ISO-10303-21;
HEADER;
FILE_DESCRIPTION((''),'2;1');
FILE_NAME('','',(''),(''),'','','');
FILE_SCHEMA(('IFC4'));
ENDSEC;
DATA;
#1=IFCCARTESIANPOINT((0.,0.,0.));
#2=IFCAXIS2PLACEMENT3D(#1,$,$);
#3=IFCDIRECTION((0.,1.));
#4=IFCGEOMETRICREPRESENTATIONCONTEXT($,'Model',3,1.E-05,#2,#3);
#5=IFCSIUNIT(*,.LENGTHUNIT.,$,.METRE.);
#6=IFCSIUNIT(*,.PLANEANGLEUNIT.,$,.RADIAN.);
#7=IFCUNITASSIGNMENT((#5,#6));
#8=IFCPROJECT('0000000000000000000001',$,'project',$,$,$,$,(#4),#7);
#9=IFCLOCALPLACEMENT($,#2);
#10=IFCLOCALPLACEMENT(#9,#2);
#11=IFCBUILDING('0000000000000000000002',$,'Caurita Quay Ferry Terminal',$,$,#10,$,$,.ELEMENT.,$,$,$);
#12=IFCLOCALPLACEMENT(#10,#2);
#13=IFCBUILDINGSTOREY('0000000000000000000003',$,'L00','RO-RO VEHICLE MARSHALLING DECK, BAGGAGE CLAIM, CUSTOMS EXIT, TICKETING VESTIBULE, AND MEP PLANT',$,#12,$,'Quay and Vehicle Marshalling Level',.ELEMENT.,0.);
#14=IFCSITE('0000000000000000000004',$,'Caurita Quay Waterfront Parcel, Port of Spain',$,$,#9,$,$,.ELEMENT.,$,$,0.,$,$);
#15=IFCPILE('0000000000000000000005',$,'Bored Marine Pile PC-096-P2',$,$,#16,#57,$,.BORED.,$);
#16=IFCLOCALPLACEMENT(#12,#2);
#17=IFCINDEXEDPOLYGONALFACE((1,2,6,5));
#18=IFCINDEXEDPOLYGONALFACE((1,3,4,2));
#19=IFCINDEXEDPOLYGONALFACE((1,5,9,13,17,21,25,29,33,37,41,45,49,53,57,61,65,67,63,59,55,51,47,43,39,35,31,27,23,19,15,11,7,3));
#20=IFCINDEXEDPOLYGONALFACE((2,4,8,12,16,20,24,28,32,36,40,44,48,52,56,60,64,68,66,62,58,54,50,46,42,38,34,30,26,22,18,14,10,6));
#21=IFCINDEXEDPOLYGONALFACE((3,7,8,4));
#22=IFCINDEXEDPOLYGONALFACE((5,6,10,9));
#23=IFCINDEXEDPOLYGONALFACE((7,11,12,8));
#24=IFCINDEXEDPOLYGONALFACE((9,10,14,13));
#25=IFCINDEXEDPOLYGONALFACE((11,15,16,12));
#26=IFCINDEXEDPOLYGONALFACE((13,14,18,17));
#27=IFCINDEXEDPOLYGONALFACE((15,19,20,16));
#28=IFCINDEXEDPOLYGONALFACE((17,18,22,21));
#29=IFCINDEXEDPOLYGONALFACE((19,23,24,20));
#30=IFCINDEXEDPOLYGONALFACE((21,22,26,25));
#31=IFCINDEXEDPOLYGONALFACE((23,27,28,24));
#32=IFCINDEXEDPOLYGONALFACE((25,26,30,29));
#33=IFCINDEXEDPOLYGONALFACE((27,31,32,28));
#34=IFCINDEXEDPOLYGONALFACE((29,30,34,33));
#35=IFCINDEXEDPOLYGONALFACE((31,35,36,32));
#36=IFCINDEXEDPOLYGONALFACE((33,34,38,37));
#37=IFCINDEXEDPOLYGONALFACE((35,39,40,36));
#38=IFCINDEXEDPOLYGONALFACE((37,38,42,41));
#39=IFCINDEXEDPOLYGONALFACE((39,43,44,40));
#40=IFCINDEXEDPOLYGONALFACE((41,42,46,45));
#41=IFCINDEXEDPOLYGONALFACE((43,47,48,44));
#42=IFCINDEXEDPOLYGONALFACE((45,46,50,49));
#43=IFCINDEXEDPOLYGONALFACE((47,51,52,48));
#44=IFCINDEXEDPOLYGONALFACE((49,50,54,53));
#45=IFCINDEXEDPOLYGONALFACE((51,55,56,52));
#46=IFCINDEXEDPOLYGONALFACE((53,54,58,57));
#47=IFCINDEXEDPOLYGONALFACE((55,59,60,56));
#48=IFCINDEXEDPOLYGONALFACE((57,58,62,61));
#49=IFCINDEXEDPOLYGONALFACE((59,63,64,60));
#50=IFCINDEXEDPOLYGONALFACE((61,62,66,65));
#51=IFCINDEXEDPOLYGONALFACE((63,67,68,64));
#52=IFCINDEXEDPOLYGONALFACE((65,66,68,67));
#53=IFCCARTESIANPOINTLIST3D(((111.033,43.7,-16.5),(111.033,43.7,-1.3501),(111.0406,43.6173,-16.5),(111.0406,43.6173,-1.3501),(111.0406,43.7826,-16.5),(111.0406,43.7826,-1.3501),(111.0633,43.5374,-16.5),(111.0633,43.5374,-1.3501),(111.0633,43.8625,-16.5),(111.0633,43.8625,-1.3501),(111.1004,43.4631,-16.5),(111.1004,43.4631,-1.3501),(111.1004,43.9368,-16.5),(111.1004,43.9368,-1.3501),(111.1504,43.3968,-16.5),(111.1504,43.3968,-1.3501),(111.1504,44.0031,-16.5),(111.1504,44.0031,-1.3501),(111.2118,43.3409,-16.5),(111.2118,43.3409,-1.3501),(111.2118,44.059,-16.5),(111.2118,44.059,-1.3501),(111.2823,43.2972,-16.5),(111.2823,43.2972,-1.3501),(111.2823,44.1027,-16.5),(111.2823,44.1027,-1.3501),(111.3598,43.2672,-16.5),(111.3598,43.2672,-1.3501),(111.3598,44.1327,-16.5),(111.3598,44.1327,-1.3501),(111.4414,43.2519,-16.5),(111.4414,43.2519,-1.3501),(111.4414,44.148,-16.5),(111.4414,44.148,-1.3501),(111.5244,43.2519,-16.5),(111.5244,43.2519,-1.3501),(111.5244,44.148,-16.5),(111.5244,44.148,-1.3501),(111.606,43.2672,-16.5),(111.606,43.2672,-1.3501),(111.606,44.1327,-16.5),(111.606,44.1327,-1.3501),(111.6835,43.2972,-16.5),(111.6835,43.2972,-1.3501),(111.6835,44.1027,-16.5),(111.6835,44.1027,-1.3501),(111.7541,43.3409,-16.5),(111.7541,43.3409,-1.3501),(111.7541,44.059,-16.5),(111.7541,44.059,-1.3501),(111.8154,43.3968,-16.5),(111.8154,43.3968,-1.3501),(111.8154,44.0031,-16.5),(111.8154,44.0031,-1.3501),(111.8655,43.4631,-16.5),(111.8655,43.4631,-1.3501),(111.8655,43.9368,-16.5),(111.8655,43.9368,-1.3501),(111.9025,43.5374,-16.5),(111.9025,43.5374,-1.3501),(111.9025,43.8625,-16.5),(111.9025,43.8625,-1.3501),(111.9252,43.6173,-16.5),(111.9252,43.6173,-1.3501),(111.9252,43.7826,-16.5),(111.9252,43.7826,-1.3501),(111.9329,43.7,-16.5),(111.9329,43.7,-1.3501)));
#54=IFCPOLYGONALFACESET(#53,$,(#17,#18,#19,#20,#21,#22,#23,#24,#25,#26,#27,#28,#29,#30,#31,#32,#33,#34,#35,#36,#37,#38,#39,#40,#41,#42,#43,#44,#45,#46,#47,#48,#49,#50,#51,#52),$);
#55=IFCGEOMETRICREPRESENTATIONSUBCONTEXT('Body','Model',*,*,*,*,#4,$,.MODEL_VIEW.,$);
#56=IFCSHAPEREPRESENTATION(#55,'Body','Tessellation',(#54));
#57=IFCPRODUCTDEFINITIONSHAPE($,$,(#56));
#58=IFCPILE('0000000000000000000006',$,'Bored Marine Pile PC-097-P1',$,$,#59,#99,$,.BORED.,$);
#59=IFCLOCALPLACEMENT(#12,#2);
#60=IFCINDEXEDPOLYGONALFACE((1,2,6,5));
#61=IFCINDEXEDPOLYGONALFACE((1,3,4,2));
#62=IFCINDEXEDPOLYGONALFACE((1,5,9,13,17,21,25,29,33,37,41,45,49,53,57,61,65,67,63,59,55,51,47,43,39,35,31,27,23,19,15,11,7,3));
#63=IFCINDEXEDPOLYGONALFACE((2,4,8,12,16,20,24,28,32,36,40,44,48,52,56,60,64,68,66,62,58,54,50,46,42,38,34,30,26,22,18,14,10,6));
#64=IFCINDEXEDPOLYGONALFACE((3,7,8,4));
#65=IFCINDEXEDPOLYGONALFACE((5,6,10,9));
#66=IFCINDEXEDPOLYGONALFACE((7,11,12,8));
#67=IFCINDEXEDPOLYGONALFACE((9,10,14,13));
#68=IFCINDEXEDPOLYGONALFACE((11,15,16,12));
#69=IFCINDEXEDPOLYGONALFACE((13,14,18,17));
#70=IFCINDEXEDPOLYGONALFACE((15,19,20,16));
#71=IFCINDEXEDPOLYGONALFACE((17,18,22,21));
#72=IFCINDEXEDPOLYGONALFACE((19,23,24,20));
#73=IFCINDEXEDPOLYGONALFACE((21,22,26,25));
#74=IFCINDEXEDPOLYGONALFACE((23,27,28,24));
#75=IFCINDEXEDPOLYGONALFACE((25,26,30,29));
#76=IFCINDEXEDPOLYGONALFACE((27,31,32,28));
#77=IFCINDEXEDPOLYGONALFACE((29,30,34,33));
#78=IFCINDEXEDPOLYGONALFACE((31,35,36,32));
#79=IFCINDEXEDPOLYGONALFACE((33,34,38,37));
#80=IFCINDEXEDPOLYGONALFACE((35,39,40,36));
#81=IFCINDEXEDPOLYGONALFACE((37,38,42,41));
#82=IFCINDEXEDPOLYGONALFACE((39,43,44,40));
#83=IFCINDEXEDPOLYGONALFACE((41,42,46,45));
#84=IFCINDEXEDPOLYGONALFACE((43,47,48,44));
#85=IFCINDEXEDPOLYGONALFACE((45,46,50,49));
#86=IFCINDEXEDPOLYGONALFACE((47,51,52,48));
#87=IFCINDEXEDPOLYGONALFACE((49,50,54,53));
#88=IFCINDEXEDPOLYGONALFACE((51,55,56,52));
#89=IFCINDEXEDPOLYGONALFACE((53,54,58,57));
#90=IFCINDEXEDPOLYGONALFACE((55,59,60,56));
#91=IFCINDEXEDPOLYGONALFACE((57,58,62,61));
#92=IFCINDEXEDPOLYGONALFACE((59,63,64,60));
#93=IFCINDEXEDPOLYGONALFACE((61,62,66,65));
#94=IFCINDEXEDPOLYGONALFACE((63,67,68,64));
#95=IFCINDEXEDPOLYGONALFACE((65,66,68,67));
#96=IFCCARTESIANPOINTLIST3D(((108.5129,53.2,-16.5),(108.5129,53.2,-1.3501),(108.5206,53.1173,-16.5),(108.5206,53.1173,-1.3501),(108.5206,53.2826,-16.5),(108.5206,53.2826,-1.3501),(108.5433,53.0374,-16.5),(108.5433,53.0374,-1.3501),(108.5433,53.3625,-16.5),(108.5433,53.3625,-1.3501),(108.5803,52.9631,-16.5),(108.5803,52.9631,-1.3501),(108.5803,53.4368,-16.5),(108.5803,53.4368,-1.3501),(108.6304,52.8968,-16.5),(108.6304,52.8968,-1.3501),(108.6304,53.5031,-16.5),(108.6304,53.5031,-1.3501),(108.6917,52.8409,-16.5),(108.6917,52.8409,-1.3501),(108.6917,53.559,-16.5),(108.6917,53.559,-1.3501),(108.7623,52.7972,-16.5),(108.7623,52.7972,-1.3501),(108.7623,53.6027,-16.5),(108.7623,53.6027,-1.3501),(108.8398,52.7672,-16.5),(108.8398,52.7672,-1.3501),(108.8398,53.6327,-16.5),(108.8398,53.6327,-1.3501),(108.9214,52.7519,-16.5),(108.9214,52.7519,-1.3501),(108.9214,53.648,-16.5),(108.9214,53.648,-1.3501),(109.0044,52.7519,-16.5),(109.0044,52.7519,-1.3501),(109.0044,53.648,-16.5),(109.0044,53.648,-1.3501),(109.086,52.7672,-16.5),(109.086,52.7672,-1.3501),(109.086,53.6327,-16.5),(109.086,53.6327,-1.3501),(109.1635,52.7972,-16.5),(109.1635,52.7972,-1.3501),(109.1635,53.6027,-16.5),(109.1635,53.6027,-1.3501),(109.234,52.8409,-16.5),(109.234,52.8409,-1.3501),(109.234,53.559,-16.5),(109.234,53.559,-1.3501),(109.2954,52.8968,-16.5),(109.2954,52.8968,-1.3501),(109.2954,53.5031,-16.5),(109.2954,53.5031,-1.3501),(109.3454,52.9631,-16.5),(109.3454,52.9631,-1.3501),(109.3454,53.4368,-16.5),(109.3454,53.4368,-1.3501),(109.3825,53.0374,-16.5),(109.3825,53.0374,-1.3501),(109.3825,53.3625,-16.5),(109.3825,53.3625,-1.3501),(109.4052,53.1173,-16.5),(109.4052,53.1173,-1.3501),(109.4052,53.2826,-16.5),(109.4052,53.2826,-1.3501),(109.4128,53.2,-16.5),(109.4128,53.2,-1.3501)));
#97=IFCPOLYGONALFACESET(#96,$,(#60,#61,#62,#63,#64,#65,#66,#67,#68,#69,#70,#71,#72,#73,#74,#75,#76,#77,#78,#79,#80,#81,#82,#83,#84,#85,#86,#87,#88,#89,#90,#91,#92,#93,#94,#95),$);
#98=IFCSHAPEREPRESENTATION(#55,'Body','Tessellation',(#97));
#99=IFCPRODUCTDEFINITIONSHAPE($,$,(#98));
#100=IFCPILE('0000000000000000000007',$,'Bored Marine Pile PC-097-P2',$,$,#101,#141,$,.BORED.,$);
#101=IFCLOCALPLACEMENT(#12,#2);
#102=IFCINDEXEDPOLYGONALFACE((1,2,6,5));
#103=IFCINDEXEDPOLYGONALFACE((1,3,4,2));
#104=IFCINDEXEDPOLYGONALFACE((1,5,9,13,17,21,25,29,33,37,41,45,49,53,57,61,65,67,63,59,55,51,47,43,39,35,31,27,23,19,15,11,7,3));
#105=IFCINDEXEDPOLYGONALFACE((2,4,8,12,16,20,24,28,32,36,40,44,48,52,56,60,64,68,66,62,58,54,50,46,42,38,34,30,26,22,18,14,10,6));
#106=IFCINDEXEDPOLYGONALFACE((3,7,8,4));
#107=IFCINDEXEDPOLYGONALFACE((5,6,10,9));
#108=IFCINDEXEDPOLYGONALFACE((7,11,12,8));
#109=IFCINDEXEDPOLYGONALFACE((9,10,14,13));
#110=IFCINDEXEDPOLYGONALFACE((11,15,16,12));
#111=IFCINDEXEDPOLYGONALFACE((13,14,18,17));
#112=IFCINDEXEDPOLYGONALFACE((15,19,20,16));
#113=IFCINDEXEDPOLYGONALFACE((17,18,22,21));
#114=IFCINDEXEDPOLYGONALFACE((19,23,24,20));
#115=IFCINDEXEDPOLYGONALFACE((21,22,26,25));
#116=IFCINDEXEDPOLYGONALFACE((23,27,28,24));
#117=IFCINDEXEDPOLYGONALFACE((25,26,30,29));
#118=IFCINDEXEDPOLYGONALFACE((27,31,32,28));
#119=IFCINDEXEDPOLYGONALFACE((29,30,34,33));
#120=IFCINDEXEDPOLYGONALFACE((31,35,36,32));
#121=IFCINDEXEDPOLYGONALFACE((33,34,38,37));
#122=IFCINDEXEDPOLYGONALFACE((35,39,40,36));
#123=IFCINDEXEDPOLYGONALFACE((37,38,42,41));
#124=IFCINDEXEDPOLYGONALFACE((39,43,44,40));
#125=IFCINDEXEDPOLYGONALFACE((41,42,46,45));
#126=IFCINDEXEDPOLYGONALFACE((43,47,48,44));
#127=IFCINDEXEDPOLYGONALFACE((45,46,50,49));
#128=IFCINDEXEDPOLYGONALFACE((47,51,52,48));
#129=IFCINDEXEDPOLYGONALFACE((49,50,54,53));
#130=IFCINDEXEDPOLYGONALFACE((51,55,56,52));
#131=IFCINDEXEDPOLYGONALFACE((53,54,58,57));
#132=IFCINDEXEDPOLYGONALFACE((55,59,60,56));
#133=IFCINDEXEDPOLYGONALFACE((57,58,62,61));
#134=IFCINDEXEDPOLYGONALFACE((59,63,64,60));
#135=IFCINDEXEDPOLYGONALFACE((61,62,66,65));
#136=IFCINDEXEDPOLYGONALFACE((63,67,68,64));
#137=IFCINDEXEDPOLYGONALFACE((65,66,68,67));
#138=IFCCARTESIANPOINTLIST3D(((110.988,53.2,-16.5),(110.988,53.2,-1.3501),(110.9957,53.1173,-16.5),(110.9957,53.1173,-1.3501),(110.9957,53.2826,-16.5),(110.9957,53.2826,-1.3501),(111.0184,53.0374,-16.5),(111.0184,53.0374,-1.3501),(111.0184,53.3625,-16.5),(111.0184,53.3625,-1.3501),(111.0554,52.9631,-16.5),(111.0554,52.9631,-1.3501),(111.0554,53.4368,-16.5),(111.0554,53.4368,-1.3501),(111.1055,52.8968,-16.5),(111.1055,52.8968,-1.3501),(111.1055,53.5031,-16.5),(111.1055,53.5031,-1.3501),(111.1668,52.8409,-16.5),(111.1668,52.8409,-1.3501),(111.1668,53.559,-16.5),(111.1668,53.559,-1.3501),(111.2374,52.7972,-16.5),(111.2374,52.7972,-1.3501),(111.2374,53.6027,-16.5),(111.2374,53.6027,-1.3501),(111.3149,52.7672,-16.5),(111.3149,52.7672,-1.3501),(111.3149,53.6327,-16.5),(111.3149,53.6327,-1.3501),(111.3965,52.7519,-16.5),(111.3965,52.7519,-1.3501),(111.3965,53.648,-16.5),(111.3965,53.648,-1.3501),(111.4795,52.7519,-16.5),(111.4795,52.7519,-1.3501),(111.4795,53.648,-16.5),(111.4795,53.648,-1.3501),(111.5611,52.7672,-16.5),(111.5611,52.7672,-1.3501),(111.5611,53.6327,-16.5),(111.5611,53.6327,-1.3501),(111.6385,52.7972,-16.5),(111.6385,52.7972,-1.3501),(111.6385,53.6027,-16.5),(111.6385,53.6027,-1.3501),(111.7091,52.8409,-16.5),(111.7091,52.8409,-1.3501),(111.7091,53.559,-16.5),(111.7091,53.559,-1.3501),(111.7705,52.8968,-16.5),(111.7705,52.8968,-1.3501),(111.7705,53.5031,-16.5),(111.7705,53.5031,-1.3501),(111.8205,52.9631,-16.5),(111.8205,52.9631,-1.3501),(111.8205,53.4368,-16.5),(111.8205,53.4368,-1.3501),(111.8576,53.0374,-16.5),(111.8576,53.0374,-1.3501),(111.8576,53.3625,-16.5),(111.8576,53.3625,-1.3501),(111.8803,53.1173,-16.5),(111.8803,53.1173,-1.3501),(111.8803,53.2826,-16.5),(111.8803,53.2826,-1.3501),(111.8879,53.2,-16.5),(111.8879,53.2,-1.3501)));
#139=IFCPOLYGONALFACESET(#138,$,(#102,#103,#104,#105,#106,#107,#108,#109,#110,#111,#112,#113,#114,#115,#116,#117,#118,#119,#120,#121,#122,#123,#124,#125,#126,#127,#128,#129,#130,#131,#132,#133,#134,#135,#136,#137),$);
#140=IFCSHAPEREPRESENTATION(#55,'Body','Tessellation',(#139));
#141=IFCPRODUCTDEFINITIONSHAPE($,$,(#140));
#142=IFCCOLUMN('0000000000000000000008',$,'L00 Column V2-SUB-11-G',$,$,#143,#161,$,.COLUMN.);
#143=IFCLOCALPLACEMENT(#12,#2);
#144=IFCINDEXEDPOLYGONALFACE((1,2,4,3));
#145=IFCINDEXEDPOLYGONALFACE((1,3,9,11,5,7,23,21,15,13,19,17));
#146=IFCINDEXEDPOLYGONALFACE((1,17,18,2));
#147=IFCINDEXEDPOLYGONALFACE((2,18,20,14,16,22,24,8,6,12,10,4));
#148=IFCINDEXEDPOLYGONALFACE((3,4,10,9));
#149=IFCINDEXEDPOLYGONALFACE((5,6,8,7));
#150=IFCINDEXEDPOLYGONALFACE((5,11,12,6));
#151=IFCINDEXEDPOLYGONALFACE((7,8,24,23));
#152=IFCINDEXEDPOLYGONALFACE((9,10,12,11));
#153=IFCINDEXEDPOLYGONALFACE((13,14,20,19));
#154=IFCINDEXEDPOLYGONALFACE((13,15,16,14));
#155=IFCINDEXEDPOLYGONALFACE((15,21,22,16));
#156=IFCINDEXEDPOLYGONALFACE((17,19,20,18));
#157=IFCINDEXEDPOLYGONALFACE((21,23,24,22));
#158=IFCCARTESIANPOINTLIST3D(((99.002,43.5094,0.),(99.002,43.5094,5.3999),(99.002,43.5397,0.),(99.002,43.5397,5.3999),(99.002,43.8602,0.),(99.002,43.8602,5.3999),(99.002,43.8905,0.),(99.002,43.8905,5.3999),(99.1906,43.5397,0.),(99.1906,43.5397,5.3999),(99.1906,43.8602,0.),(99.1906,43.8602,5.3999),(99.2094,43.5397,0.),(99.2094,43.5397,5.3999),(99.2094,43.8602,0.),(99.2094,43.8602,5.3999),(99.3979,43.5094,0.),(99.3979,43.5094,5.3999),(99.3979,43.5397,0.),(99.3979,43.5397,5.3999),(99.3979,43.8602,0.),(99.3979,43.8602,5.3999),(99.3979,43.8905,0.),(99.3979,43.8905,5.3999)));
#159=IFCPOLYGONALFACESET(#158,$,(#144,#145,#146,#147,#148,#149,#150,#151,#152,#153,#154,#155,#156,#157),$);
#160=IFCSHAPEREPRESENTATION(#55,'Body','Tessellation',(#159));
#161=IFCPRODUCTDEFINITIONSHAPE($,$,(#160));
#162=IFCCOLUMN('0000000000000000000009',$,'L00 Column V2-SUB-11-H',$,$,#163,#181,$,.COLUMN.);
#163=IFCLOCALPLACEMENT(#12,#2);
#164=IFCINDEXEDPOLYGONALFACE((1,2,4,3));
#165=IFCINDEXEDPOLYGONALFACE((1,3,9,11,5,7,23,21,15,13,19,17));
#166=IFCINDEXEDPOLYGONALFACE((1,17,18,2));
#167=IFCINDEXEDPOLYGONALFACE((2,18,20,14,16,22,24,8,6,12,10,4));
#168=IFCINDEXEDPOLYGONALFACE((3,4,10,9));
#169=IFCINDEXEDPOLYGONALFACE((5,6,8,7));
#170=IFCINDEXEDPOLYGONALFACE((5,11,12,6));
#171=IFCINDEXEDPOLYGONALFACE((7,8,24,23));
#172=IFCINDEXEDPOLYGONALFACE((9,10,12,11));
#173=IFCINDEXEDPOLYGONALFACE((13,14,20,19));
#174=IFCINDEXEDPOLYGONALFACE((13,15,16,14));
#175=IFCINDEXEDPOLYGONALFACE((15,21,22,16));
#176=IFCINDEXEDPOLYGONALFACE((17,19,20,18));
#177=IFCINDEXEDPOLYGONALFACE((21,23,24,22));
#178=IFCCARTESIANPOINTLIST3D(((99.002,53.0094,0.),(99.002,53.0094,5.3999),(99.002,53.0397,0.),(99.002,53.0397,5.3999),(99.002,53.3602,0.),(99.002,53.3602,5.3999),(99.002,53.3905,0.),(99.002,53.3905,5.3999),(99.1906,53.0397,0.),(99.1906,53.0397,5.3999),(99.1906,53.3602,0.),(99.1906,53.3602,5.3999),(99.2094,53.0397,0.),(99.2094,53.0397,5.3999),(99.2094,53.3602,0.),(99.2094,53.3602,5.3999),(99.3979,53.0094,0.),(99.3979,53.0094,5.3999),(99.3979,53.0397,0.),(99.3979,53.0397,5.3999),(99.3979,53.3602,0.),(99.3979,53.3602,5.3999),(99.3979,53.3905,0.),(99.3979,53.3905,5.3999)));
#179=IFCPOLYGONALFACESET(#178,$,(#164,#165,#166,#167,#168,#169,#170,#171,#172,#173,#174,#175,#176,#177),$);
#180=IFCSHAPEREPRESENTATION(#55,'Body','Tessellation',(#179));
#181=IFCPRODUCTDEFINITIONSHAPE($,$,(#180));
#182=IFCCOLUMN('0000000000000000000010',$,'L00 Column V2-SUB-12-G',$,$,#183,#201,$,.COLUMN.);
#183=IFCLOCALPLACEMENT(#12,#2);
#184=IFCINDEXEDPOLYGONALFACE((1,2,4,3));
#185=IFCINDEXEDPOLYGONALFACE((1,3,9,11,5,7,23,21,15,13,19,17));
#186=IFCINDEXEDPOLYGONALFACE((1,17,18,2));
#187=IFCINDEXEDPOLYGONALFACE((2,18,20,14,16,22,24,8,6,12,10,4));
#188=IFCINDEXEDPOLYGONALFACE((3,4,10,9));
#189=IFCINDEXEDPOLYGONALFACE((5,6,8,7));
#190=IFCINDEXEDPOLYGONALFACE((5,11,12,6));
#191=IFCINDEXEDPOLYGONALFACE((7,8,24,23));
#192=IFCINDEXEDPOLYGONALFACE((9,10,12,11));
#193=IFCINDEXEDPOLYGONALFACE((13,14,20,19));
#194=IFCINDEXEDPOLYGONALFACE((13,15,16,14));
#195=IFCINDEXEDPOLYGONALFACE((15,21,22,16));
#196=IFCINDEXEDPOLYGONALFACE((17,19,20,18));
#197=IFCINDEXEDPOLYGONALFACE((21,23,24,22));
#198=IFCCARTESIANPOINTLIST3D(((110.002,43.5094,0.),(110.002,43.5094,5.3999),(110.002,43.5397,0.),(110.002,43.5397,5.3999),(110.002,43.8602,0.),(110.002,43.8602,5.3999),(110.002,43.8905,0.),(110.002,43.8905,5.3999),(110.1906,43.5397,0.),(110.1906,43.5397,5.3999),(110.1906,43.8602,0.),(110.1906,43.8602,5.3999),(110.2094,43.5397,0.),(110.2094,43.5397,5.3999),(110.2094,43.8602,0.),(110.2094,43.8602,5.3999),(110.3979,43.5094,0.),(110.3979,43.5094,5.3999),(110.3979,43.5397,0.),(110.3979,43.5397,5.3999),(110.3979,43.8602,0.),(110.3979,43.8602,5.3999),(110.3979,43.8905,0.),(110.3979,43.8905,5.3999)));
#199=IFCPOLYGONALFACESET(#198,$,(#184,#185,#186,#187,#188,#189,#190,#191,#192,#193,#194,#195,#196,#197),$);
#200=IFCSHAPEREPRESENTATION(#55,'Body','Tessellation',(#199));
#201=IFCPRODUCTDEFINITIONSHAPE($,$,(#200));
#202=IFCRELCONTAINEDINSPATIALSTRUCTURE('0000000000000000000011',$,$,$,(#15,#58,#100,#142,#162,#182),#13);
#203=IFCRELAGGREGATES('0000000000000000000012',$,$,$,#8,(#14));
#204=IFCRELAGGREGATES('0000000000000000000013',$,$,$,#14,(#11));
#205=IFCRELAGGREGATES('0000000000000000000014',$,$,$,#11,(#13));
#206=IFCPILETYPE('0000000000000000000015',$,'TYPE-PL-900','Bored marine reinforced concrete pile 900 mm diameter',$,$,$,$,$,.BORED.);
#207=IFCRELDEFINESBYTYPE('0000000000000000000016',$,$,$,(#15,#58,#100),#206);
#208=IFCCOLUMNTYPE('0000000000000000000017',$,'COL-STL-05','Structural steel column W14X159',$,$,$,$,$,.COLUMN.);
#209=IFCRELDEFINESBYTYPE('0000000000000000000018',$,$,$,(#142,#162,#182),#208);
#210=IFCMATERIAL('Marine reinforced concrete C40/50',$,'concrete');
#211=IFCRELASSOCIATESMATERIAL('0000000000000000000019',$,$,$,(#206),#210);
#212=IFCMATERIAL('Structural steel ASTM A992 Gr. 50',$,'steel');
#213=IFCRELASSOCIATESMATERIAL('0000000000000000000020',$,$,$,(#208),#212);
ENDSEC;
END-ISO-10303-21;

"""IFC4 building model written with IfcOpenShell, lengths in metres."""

from ifc_helpers import new_model, si_unit, direction, frame, origin, origin_2d, place, context, subcontext, project, spatial, circle, i_section, extrude, material, material_profile, profile_set, type_object, element, save


model = new_model("IFC4")

# Units and contexts
model_context = context("Model", 3, precision=1e-05, world=origin(), true_north=direction((0.0, 1.0)))
body_context = subcontext(model_context, "Body", "Model", "MODEL_VIEW")
ifc_project = project(units=[si_unit("LENGTHUNIT", "METRE"), si_unit("PLANEANGLEUNIT", "RADIAN")], contexts=[model_context])

# Site, building, storey
site_placement = place(None, origin())
site = spatial("IfcSite", under=ifc_project, at=site_placement, Name="Caurita Quay Waterfront Parcel, Port of Spain", CompositionType="ELEMENT", RefElevation=0.0)
building_placement = place(site_placement, origin())
building = spatial("IfcBuilding", under=site, at=building_placement, Name="Caurita Quay Ferry Terminal", CompositionType="ELEMENT")
storey_placement = place(building_placement, origin())
storey = spatial("IfcBuildingStorey", under=building, at=storey_placement, Name="L00", Description="RO-RO VEHICLE MARSHALLING DECK, BAGGAGE CLAIM, CUSTOMS EXIT, TICKETING VESTIBULE, AND MEP PLANT", LongName="Quay and Vehicle Marshalling Level", CompositionType="ELEMENT", Elevation=0.0)

# Piles
ifc_material_1 = material(Name="Marine reinforced concrete C40/50", Category="concrete")
ifc_material_profile_1 = material_profile(ifc_material_1, circle(Radius=0.45, at=origin_2d()), Name="PILE-D900")
ifc_profile_set_1 = profile_set([ifc_material_profile_1], Name="Marine reinforced concrete C40/50")
pile_type_1 = type_object("IfcPileType", Name="TYPE-PL-900", Description="Bored marine reinforced concrete pile 900 mm diameter", PredefinedType="BORED", material=ifc_profile_set_1)
for number, where, z_axis, x_axis, name in (
    (1, (111.4829, 43.7, -1.3501), (0.0, 0.0, -1.0), (1.0, 0.0, 0.0), "Bored Marine Pile PC-096-P2"),
    (2, (108.9629, 53.2, -1.3501), (0.0, 0.0, -1.0), (1.0, 0.0, 0.0), "Bored Marine Pile PC-097-P1"),
    (3, (111.438, 53.2, -1.3501), (0.0, 0.0, -1.0), (1.0, 0.0, 0.0), "Bored Marine Pile PC-097-P2"),
):
    element("IfcPile", number, at=place(storey_placement, frame(where, z_axis=z_axis, x_axis=x_axis)), inside=storey, type_object=pile_type_1, Name=name, PredefinedType="BORED", context=body_context, shape_type="SweptSolid", body=[
        extrude(circle(Radius=0.45, at=origin_2d()), origin(), (0.0, 0.0, 1.0), 15.1499),
    ])

# Columns
ifc_material_2 = material(Name="Structural steel ASTM A992 Gr. 50", Category="steel")
ifc_material_profile_2 = material_profile(ifc_material_2, i_section(OverallWidth=0.396, OverallDepth=0.3811, WebThickness=0.0188, FlangeThickness=0.0303, at=origin_2d()), Name="W14X159")
ifc_profile_set_2 = profile_set([ifc_material_profile_2], Name="Structural steel ASTM A992 Gr. 50")
column_type = type_object("IfcColumnType", Name="COL-STL-05", Description="Structural steel column W14X159", PredefinedType="COLUMN", material=ifc_profile_set_2)
for number, where, z_axis, x_axis, name in (
    (4, (99.2, 43.7, 0.0), (0.0, 0.0, 1.0), (1.0, 0.0, 0.0), "L00 Column V2-SUB-11-G"),
    (5, (99.2, 53.2, 0.0), (0.0, 0.0, 1.0), (1.0, 0.0, 0.0), "L00 Column V2-SUB-11-H"),
    (6, (110.2, 43.7, 0.0), (0.0, 0.0, 1.0), (1.0, 0.0, 0.0), "L00 Column V2-SUB-12-G"),
):
    element("IfcColumn", number, at=place(storey_placement, frame(where, z_axis=z_axis, x_axis=x_axis)), inside=storey, type_object=column_type, Name=name, PredefinedType="COLUMN", context=body_context, shape_type="SweptSolid", body=[
        extrude(i_section(OverallWidth=0.396, OverallDepth=0.3811, WebThickness=0.0188, FlangeThickness=0.0303, at=origin_2d()), origin(), (0.0, 0.0, 1.0), 5.3999),
    ])

save(model, "model.ifc")
